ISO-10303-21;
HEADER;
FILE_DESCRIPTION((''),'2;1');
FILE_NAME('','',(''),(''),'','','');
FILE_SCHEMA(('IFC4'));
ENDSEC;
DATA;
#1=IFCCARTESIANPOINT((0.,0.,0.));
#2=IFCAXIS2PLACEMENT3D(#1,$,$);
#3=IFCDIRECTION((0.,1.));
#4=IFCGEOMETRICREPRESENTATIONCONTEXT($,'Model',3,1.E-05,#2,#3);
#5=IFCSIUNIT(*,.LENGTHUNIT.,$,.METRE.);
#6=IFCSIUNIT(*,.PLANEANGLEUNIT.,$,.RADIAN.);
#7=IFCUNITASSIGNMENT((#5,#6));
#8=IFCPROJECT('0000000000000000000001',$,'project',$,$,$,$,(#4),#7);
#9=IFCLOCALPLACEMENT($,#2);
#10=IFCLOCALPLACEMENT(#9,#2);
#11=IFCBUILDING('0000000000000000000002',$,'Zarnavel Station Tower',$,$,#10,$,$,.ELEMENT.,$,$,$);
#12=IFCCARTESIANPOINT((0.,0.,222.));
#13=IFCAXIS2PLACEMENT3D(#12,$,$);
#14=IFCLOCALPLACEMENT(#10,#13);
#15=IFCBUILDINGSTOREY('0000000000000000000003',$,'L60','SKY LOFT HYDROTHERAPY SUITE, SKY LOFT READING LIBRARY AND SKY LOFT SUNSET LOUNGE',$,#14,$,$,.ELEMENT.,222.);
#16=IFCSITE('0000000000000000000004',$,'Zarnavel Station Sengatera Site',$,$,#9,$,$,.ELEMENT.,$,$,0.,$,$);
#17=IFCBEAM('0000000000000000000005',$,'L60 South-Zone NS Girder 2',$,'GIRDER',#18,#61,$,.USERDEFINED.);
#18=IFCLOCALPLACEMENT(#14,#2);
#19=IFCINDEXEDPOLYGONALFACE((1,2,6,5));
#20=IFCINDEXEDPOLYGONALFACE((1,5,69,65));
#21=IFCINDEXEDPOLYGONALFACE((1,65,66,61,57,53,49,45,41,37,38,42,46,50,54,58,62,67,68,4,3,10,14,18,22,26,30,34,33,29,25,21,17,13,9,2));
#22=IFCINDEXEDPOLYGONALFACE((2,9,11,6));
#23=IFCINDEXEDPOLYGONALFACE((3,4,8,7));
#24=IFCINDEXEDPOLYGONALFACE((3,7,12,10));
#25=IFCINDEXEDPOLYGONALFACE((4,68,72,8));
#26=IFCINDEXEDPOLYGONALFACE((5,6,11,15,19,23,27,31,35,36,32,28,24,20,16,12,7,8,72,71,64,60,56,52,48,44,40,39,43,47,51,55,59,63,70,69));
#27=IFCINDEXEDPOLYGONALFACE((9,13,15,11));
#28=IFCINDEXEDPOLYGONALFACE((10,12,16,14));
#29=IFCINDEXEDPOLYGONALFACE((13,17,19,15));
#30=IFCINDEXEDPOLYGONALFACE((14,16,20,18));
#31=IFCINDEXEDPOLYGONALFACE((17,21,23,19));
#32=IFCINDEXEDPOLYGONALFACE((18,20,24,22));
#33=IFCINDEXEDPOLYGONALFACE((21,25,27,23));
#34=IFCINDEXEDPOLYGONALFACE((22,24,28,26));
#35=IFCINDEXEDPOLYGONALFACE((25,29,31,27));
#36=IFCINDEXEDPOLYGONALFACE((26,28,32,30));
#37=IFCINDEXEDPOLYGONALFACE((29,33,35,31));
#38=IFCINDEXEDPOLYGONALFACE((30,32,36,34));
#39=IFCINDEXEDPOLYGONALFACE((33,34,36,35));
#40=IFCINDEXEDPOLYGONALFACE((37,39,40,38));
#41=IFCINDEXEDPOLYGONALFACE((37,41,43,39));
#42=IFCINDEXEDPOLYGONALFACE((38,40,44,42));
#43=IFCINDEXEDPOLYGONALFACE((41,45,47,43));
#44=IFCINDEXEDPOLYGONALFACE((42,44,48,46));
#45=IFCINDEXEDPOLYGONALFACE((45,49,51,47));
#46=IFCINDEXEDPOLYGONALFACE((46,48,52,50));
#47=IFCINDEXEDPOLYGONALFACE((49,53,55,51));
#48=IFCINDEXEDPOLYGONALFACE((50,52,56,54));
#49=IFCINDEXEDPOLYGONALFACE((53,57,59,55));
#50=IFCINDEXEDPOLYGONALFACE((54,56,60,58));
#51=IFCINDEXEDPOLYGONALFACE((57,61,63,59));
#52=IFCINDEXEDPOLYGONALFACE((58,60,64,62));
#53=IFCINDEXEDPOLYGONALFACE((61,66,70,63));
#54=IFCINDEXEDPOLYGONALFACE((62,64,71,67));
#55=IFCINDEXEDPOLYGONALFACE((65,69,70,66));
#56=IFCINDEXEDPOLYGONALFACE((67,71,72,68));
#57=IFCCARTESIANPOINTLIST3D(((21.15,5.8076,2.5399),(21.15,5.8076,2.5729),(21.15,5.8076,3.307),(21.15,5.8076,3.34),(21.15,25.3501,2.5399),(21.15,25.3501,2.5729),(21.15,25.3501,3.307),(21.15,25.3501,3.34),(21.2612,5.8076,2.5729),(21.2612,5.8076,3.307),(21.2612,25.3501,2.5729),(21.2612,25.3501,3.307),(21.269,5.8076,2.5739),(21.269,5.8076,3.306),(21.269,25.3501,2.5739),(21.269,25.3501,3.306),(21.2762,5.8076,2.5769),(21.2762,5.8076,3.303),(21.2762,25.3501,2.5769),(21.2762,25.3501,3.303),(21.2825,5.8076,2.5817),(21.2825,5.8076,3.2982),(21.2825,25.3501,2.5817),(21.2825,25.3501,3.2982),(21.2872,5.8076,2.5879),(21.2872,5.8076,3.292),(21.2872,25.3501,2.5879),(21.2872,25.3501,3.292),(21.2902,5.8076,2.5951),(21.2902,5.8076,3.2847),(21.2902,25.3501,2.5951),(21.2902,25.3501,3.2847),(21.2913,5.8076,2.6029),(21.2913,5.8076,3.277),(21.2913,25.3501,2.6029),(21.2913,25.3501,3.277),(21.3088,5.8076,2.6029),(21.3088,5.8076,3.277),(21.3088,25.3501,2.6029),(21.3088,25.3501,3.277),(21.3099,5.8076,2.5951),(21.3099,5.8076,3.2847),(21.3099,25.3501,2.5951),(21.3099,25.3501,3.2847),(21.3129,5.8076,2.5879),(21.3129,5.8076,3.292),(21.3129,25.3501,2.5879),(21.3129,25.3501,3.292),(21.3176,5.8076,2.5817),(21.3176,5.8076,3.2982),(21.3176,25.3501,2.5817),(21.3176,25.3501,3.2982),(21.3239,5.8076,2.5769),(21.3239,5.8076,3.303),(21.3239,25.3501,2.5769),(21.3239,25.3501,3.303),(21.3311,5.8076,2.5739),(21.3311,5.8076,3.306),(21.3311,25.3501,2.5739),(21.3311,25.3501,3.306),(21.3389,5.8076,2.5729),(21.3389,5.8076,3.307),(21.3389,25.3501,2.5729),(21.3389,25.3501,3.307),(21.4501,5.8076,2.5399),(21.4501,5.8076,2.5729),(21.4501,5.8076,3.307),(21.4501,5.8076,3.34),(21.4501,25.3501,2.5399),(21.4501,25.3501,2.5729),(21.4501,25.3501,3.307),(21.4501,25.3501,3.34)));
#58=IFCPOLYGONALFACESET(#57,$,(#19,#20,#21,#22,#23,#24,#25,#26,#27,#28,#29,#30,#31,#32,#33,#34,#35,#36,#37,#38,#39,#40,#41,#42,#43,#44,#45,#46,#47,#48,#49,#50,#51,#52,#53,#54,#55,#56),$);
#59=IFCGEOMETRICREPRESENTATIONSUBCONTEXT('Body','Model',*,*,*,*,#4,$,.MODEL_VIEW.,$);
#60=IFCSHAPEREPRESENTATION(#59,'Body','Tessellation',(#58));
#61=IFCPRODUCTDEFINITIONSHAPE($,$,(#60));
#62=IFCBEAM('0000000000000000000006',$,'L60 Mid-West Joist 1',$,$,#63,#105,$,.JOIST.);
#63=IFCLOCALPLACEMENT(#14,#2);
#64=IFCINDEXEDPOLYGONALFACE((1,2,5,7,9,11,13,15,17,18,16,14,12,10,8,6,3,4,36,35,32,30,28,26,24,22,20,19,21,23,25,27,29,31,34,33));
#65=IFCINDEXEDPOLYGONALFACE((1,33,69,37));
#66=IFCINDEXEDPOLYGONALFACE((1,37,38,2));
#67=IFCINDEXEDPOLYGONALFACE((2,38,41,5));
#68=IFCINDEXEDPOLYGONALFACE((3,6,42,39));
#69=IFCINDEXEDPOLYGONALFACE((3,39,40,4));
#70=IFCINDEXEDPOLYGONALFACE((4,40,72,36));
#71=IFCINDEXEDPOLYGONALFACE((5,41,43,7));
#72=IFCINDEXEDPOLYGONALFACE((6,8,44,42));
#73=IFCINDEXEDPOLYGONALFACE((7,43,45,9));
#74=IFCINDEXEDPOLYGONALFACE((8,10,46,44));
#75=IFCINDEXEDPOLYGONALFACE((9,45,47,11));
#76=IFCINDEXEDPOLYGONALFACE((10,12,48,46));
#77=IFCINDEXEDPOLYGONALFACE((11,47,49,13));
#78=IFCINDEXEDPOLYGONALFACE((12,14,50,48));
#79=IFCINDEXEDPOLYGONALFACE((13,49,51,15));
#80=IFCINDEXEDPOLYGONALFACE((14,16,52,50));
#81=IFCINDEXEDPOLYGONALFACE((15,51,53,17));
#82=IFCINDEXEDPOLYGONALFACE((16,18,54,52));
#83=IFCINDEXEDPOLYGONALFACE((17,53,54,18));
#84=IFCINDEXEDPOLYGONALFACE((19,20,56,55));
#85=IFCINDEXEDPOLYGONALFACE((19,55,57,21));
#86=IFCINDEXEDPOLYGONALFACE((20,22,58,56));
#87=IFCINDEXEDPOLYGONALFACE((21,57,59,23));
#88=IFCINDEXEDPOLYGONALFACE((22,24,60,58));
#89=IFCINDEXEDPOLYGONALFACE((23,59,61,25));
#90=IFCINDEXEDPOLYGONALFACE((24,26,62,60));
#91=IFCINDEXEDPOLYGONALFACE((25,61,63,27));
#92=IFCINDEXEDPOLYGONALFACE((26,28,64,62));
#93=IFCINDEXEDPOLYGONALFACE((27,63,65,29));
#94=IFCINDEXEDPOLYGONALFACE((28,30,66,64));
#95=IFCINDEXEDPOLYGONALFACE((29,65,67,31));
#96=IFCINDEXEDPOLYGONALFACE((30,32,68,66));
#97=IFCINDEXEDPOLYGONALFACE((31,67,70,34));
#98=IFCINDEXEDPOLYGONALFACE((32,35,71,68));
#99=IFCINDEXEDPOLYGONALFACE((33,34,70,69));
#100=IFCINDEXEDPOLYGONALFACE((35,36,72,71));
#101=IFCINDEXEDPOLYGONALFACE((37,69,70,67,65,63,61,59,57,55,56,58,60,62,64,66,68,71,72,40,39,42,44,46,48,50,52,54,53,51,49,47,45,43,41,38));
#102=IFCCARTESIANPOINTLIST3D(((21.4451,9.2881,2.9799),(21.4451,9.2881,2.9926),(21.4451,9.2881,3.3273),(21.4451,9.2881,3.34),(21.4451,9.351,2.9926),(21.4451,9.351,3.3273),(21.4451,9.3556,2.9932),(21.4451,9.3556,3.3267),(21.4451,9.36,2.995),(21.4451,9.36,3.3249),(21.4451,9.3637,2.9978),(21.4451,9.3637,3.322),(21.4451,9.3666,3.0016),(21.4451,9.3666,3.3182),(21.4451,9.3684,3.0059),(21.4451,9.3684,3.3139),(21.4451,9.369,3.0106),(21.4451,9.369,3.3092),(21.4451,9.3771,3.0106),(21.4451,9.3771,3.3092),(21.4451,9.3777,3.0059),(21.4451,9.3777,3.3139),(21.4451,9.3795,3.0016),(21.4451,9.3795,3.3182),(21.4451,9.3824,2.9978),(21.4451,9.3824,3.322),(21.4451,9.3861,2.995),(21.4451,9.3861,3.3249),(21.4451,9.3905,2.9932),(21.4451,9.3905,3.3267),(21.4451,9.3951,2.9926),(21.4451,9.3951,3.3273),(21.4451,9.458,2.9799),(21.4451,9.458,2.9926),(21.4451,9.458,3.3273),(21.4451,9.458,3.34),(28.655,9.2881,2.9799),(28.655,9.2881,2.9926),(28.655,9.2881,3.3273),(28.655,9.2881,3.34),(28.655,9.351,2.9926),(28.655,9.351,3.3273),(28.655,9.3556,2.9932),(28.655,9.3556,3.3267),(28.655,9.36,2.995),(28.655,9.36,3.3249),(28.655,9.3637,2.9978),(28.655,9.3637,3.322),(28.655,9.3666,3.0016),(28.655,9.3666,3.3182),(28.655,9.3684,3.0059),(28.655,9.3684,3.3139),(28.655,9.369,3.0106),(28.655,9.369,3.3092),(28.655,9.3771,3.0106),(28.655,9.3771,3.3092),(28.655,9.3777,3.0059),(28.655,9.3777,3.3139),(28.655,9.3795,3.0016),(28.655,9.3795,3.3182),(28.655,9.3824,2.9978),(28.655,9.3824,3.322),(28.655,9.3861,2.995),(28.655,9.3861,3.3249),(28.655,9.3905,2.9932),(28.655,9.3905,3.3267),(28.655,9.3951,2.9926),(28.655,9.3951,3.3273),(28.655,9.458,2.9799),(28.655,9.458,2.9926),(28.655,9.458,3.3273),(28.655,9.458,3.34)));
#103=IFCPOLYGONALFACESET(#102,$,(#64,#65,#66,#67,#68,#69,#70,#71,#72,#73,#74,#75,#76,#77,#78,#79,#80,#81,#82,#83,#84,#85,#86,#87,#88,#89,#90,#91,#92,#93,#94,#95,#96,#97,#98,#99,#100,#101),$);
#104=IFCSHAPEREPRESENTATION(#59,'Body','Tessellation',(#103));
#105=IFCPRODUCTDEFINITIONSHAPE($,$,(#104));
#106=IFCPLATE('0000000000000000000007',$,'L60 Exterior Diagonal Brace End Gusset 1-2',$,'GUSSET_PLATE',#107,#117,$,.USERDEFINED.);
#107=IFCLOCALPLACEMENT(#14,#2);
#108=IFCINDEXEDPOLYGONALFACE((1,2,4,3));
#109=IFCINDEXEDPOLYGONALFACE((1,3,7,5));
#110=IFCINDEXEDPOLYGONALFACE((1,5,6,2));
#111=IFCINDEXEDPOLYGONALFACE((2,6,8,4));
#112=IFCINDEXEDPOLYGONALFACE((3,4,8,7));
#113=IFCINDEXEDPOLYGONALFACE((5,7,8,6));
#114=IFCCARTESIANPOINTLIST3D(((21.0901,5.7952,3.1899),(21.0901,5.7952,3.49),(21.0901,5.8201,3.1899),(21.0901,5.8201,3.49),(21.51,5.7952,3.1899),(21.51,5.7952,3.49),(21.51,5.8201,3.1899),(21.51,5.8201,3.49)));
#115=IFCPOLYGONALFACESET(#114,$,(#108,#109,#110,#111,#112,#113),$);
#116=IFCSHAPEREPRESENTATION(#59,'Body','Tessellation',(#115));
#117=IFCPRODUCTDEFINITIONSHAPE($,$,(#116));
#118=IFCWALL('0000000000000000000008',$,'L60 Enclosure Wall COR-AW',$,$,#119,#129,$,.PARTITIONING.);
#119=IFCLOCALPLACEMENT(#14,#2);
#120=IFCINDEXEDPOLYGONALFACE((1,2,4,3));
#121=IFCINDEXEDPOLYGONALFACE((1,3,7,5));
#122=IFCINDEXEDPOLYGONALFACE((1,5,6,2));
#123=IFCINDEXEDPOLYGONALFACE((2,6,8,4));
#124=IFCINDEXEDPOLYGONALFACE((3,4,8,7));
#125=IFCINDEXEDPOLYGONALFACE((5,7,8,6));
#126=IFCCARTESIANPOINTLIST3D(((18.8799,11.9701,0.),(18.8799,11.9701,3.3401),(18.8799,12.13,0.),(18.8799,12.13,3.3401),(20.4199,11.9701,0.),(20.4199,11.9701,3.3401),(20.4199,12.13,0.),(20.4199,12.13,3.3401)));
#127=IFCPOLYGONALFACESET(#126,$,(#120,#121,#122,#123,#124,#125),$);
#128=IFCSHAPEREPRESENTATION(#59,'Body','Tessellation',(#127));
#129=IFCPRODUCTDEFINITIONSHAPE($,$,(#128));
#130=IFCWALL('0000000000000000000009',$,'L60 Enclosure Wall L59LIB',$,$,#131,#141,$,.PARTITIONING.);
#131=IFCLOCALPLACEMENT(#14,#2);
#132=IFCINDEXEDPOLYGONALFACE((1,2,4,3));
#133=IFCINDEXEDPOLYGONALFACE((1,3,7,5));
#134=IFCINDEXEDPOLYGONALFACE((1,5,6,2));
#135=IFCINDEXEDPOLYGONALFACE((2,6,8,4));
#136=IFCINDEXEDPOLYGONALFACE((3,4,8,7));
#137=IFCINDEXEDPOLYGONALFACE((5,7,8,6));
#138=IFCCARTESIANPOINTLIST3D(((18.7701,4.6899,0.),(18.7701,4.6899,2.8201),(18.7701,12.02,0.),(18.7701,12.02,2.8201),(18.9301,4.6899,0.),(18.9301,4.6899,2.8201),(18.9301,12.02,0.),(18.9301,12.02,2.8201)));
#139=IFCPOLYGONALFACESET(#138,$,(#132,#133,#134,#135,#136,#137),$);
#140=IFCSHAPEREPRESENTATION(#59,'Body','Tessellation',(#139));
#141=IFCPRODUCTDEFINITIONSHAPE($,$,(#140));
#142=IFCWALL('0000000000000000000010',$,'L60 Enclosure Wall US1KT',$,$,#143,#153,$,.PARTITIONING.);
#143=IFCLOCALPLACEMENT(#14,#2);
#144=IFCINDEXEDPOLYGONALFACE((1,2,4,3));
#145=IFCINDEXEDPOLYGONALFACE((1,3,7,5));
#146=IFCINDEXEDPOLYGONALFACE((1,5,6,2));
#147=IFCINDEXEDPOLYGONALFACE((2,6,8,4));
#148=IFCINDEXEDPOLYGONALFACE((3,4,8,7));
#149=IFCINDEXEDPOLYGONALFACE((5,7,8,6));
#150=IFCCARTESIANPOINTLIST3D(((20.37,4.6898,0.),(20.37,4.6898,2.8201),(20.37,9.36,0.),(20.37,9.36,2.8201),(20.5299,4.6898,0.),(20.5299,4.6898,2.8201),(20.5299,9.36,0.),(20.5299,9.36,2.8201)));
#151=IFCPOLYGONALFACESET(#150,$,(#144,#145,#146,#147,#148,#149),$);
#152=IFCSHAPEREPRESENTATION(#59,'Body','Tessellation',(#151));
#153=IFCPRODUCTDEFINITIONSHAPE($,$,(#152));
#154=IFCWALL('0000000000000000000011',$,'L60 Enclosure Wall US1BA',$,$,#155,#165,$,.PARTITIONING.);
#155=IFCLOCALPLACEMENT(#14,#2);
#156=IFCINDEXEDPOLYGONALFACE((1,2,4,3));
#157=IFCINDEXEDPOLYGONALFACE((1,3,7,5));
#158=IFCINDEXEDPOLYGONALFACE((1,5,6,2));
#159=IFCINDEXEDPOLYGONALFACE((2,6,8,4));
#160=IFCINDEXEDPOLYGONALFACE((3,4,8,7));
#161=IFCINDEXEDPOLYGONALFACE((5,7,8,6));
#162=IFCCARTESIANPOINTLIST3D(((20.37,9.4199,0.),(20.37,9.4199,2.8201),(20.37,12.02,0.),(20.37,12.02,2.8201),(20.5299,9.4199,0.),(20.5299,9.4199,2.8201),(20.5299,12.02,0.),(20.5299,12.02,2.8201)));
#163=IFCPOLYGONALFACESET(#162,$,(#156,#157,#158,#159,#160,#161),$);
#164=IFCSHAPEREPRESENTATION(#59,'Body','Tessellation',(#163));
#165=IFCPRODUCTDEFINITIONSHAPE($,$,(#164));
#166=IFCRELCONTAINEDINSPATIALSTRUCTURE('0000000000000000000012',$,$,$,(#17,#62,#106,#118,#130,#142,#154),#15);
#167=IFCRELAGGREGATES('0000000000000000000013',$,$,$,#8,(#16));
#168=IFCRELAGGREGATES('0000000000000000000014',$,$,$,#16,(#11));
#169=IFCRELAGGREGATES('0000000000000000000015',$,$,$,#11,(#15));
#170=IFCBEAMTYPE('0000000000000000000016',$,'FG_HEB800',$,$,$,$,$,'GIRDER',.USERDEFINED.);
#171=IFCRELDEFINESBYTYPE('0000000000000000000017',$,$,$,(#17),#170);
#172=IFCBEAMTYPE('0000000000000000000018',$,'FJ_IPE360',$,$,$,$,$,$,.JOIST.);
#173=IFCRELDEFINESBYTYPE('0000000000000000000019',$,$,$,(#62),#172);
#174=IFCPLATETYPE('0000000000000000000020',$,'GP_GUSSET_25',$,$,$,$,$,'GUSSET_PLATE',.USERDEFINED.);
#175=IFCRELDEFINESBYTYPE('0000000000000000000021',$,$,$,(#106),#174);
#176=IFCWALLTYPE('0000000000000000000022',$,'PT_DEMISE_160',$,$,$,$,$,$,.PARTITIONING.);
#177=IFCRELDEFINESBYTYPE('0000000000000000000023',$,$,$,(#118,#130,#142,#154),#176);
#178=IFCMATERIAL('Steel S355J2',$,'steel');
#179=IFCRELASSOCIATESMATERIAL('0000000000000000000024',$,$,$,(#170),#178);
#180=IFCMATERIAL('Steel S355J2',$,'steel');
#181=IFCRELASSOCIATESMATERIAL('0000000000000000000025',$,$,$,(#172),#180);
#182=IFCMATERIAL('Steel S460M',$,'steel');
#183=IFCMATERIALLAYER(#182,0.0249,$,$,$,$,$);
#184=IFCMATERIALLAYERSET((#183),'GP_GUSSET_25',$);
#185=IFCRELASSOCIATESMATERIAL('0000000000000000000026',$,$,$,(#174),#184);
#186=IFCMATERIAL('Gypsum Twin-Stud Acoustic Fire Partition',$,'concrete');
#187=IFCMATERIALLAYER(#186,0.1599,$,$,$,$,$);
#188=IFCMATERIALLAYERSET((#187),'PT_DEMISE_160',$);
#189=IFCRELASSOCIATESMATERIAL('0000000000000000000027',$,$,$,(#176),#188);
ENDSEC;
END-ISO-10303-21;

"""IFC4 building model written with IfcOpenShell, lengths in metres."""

from ifc_helpers import new_model, si_unit, direction, frame, frame_2d, origin, origin_2d, place, context, subcontext, project, spatial, rectangle, i_section, extrude, material, layer, layer_set, material_profile, profile_set, type_object, element, save


model = new_model("IFC4")

# Units and contexts
model_context = context("Model", 3, precision=1e-05, world=origin(), true_north=direction((0.0, 1.0)))
body_context = subcontext(model_context, "Body", "Model", "MODEL_VIEW")
ifc_project = project(units=[si_unit("LENGTHUNIT", "METRE"), si_unit("PLANEANGLEUNIT", "RADIAN")], contexts=[model_context])

# Site, building, storey
site_placement = place(None, origin())
site = spatial("IfcSite", under=ifc_project, at=site_placement, Name="Zarnavel Station Sengatera Site", CompositionType="ELEMENT", RefElevation=0.0)
building_placement = place(site_placement, origin())
building = spatial("IfcBuilding", under=site, at=building_placement, Name="Zarnavel Station Tower", CompositionType="ELEMENT")
storey_placement = place(building_placement, frame((0.0, 0.0, 222.0)))
storey = spatial("IfcBuildingStorey", under=building, at=storey_placement, Name="L60", Description="SKY LOFT HYDROTHERAPY SUITE, SKY LOFT READING LIBRARY AND SKY LOFT SUNSET LOUNGE", CompositionType="ELEMENT", Elevation=222.0)

# Beams
ifc_material_1 = material(Name="Steel S355J2", Category="steel")
ifc_material_profile_1 = material_profile(ifc_material_1, i_section(OverallWidth=0.3, OverallDepth=0.8, WebThickness=0.0176, FlangeThickness=0.033, FilletRadius=0.03, at=origin_2d()), Name="HEB800")
ifc_profile_set_1 = profile_set([ifc_material_profile_1], Name="Steel S355J2")
beam_type_1 = type_object("IfcBeamType", Name="FG_HEB800", ElementType="GIRDER", PredefinedType="USERDEFINED", material=ifc_profile_set_1)
beam_1_placement = place(storey_placement, frame((21.3, 5.8076, 2.9399), z_axis=(0.0, 1.0, 0.0), x_axis=(-1.0, 0.0, 0.0)))
element("IfcBeam", 1, at=beam_1_placement, inside=storey, type_object=beam_type_1, Name="L60 South-Zone NS Girder 2", ObjectType="GIRDER", PredefinedType="USERDEFINED", context=body_context, shape_type="SweptSolid", body=[
    extrude(i_section(OverallWidth=0.3, OverallDepth=0.8, WebThickness=0.0176, FlangeThickness=0.033, FilletRadius=0.03, at=origin_2d()), origin(), (0.0, 0.0, 1.0), 19.5425),
])
ifc_material_2 = material(Name="Steel S355J2", Category="steel")
ifc_material_profile_2 = material_profile(ifc_material_2, i_section(OverallWidth=0.1699, OverallDepth=0.3601, WebThickness=0.0081, FlangeThickness=0.0127, FilletRadius=0.0181, at=origin_2d()), Name="IPE360")
ifc_profile_set_2 = profile_set([ifc_material_profile_2], Name="Steel S355J2")
beam_type_2 = type_object("IfcBeamType", Name="FJ_IPE360", PredefinedType="JOIST", material=ifc_profile_set_2)
beam_2_placement = place(storey_placement, frame((21.4451, 9.373, 3.1599), z_axis=(1.0, 0.0, 0.0), x_axis=(0.0, 1.0, 0.0)))
element("IfcBeam", 2, at=beam_2_placement, inside=storey, type_object=beam_type_2, Name="L60 Mid-West Joist 1", PredefinedType="JOIST", context=body_context, shape_type="SweptSolid", body=[
    extrude(i_section(OverallWidth=0.1699, OverallDepth=0.3601, WebThickness=0.0081, FlangeThickness=0.0127, FilletRadius=0.0181, at=origin_2d()), origin(), (0.0, 0.0, 1.0), 7.21),
])

# Plate
ifc_material_3 = material(Name="Steel S460M", Category="steel")
ifc_layer_1 = layer(ifc_material_3, 0.0249)
ifc_layer_set_1 = layer_set([ifc_layer_1], Name="GP_GUSSET_25")
plate_type = type_object("IfcPlateType", Name="GP_GUSSET_25", ElementType="GUSSET_PLATE", PredefinedType="USERDEFINED", material=ifc_layer_set_1)
plate_placement = place(storey_placement, frame((21.3, 5.8076, 3.1899), z_axis=(0.0, 0.0, 1.0), x_axis=(1.0, 0.0, 0.0)))
element("IfcPlate", 3, at=plate_placement, inside=storey, type_object=plate_type, Name="L60 Exterior Diagonal Brace End Gusset 1-2", ObjectType="GUSSET_PLATE", PredefinedType="USERDEFINED", context=body_context, shape_type="SweptSolid", body=[
    extrude(rectangle(XDim=0.4199, YDim=0.0249, at=origin_2d()), origin(), (0.0, 0.0, 1.0), 0.3),
])

# Walls
ifc_material_4 = material(Name="Gypsum Twin-Stud Acoustic Fire Partition", Category="concrete")
ifc_layer_2 = layer(ifc_material_4, 0.1599)
ifc_layer_set_2 = layer_set([ifc_layer_2], Name="PT_DEMISE_160")
wall_type_1 = type_object("IfcWallType", Name="PT_DEMISE_160", PredefinedType="PARTITIONING", material=ifc_layer_set_2)
wall_1_placement = place(storey_placement, frame((18.8799, 12.05, 0.0), z_axis=(0.0, 0.0, 1.0), x_axis=(1.0, 0.0, 0.0)))
element("IfcWall", 4, at=wall_1_placement, inside=storey, type_object=wall_type_1, Name="L60 Enclosure Wall COR-AW", PredefinedType="PARTITIONING", context=body_context, shape_type="SweptSolid", body=[
    extrude(rectangle(XDim=1.54, YDim=0.1599, at=frame_2d((0.77, 0.0))), origin(), (0.0, 0.0, 1.0), 3.3401),
])
wall_2_placement = place(storey_placement, frame((18.8501, 4.6899, 0.0), z_axis=(0.0, 0.0, 1.0), x_axis=(0.0, 1.0, 0.0)))
element("IfcWall", 5, at=wall_2_placement, inside=storey, type_object=wall_type_1, Name="L60 Enclosure Wall L59LIB", PredefinedType="PARTITIONING", context=body_context, shape_type="SweptSolid", body=[
    extrude(rectangle(XDim=7.3301, YDim=0.1599, at=frame_2d((3.665, 0.0))), origin(), (0.0, 0.0, 1.0), 2.8201),
])
wall_3_placement = place(storey_placement, frame((20.45, 4.6899, 0.0), z_axis=(0.0, 0.0, 1.0), x_axis=(0.0, 1.0, 0.0)))
element("IfcWall", 6, at=wall_3_placement, inside=storey, type_object=wall_type_1, Name="L60 Enclosure Wall US1KT", PredefinedType="PARTITIONING", context=body_context, shape_type="SweptSolid", body=[
    extrude(rectangle(XDim=4.6702, YDim=0.1599, at=frame_2d((2.335, 0.0))), origin(), (0.0, 0.0, 1.0), 2.8201),
])
wall_4_placement = place(storey_placement, frame((20.45, 9.4199, 0.0), z_axis=(0.0, 0.0, 1.0), x_axis=(0.0, 1.0, 0.0)))
element("IfcWall", 7, at=wall_4_placement, inside=storey, type_object=wall_type_1, Name="L60 Enclosure Wall US1BA", PredefinedType="PARTITIONING", context=body_context, shape_type="SweptSolid", body=[
    extrude(rectangle(XDim=2.6001, YDim=0.1599, at=frame_2d((1.3, 0.0))), origin(), (0.0, 0.0, 1.0), 2.8201),
])

save(model, "model.ifc")
